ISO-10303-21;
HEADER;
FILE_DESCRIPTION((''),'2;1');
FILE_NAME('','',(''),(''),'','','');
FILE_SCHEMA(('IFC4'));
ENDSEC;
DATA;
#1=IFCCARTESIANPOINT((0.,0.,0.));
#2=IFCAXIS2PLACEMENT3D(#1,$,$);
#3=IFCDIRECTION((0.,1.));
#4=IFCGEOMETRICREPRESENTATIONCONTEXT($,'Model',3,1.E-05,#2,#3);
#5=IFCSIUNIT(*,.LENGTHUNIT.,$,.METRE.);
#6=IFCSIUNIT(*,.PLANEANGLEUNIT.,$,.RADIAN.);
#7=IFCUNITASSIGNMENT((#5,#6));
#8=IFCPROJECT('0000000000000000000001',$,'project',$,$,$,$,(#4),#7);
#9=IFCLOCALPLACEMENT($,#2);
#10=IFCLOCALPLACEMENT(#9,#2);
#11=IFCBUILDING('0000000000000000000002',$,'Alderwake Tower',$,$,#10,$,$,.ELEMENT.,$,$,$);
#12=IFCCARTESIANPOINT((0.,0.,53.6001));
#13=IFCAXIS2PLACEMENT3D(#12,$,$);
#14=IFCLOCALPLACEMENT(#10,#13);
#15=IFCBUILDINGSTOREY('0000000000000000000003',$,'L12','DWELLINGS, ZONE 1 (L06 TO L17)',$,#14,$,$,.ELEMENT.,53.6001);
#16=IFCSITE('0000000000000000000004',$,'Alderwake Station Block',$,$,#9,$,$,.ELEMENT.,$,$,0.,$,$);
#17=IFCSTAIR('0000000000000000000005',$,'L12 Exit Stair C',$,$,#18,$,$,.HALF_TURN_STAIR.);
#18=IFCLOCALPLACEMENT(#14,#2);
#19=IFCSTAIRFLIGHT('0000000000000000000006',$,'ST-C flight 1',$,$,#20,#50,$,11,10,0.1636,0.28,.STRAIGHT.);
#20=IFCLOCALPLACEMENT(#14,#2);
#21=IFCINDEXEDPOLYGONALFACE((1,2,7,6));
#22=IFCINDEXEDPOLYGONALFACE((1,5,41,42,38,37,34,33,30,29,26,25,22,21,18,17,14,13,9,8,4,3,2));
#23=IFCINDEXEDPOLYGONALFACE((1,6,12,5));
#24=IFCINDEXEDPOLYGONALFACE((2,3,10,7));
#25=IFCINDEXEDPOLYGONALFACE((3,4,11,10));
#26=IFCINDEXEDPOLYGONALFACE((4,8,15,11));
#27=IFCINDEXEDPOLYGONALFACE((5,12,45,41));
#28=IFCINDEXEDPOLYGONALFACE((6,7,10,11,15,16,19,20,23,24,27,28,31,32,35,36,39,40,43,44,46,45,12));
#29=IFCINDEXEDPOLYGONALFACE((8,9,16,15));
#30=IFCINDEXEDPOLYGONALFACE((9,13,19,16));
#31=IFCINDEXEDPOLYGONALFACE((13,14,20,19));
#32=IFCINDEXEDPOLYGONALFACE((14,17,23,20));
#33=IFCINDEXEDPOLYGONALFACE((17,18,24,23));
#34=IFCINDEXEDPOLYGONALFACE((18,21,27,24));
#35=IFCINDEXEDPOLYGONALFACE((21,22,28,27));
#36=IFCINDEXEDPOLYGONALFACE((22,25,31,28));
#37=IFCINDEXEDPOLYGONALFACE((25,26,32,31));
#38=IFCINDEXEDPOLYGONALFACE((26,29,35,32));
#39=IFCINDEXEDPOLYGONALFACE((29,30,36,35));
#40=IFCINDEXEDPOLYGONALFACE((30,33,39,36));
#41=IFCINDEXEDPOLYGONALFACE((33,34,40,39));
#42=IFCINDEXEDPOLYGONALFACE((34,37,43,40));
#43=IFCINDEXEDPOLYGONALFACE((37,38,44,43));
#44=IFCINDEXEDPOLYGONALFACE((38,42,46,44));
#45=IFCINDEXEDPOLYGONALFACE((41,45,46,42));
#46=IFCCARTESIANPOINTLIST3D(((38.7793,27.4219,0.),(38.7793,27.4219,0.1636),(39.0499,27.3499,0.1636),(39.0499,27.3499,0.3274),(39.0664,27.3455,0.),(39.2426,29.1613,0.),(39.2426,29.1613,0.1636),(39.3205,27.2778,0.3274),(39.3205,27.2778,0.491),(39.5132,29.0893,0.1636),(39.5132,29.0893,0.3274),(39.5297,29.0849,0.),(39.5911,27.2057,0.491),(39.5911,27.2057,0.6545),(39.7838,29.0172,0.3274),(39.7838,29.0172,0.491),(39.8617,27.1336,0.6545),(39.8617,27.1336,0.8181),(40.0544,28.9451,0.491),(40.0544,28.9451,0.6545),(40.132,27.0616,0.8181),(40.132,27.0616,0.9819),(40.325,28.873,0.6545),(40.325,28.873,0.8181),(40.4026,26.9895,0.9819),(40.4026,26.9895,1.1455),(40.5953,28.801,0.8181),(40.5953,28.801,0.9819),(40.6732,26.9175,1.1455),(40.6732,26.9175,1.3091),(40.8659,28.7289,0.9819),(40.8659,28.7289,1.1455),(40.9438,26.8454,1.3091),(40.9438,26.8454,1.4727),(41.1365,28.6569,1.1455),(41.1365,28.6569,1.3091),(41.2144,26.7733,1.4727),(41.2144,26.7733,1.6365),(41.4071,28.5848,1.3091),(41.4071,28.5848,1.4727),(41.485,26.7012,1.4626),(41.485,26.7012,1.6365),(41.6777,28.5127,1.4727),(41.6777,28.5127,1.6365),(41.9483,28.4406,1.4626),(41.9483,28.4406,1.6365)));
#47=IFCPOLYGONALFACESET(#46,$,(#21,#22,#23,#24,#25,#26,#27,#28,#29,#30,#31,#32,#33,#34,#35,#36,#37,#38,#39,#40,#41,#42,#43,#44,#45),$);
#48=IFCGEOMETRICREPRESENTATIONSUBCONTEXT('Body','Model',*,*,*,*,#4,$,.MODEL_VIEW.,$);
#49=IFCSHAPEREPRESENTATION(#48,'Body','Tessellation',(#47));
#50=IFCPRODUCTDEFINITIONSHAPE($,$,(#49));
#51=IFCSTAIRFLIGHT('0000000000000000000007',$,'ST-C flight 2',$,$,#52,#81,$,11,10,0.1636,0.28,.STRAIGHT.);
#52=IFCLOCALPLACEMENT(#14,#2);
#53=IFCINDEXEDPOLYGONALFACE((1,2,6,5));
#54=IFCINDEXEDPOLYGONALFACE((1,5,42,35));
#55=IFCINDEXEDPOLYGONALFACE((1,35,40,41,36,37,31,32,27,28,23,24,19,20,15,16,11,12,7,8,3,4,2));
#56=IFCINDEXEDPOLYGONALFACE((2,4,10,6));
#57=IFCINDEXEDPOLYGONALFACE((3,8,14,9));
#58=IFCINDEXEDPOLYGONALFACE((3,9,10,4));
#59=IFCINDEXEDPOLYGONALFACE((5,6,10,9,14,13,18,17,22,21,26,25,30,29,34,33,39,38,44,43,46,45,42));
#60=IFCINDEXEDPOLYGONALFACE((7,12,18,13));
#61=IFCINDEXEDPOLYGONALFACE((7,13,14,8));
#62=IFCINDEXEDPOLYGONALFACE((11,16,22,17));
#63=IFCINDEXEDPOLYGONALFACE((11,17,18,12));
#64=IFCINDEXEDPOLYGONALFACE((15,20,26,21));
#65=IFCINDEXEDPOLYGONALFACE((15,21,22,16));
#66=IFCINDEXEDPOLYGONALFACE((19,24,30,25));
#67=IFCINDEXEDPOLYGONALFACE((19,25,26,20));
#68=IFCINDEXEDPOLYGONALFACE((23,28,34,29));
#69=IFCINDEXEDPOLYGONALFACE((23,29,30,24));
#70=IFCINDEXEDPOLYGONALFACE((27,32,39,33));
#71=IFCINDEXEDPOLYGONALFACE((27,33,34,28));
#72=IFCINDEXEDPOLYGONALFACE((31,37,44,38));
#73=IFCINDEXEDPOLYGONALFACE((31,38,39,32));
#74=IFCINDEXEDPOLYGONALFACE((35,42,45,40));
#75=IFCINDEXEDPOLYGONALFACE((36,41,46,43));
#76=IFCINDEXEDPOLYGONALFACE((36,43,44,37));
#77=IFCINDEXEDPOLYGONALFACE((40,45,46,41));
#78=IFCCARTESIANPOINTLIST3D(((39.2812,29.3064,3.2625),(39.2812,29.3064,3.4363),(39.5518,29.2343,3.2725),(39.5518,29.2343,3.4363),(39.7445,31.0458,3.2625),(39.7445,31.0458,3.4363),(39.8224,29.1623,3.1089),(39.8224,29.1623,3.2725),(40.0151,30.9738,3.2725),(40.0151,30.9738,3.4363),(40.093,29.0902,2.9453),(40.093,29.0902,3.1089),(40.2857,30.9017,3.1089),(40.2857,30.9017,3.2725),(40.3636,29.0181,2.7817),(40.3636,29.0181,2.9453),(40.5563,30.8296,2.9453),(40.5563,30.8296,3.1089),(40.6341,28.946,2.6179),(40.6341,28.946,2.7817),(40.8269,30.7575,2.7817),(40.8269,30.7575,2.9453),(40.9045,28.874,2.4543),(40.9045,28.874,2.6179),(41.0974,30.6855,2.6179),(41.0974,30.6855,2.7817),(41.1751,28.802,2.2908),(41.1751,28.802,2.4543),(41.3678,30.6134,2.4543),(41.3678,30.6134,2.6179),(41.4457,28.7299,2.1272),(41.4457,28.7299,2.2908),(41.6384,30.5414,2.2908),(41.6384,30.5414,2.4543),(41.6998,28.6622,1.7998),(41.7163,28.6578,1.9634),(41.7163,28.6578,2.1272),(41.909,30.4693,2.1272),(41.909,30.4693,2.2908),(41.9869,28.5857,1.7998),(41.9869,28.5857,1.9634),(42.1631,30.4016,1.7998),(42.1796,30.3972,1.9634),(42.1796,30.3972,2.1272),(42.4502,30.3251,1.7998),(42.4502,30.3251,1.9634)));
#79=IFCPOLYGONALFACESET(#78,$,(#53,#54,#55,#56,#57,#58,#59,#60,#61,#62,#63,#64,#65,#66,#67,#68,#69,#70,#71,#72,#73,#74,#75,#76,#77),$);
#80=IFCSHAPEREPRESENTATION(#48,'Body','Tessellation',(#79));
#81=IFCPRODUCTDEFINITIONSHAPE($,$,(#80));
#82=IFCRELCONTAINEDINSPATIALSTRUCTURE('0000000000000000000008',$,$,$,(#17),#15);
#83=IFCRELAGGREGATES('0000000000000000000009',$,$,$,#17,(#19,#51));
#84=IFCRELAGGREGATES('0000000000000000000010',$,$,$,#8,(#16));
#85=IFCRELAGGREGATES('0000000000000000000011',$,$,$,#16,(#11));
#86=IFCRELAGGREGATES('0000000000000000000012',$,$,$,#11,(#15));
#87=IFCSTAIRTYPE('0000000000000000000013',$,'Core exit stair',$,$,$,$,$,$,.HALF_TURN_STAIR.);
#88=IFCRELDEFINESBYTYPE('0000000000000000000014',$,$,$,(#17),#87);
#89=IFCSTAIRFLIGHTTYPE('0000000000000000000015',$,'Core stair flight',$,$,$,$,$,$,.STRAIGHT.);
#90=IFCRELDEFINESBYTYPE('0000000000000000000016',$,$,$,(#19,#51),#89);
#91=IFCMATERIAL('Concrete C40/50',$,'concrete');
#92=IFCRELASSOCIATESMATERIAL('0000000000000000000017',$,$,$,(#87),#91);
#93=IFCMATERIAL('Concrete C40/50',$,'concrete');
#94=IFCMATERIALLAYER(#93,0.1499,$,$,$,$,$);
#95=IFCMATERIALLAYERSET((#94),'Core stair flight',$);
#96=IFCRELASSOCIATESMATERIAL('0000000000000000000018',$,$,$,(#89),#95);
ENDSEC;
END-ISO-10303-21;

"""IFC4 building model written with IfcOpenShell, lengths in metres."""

from ifc_helpers import new_model, si_unit, direction, frame, origin, place, context, subcontext, project, spatial, polyline, outline, extrude, material, layer, layer_set, type_object, element, aggregate, save


model = new_model("IFC4")

# Units and contexts
model_context = context("Model", 3, precision=1e-05, world=origin(), true_north=direction((0.0, 1.0)))
body_context = subcontext(model_context, "Body", "Model", "MODEL_VIEW")
ifc_project = project(units=[si_unit("LENGTHUNIT", "METRE"), si_unit("PLANEANGLEUNIT", "RADIAN")], contexts=[model_context])

# Site, building, storey
site_placement = place(None, origin())
site = spatial("IfcSite", under=ifc_project, at=site_placement, Name="Alderwake Station Block", CompositionType="ELEMENT", RefElevation=0.0)
building_placement = place(site_placement, origin())
building = spatial("IfcBuilding", under=site, at=building_placement, Name="Alderwake Tower", CompositionType="ELEMENT")
storey_placement = place(building_placement, frame((0.0, 0.0, 53.6001)))
storey = spatial("IfcBuildingStorey", under=building, at=storey_placement, Name="L12", Description="DWELLINGS, ZONE 1 (L06 TO L17)", CompositionType="ELEMENT", Elevation=53.6001)

# Stair, stair flights
ifc_material_1 = material(Name="Concrete C40/50", Category="concrete")
stair_type = type_object("IfcStairType", Name="Core exit stair", PredefinedType="HALF_TURN_STAIR", material=ifc_material_1)
stair_placement = place(storey_placement, origin())
stair = element("IfcStair", 1, at=stair_placement, inside=storey, type_object=stair_type, Name="L12 Exit Stair C", PredefinedType="HALF_TURN_STAIR")
ifc_material_2 = material(Name="Concrete C40/50", Category="concrete")
ifc_layer_1 = layer(ifc_material_2, 0.1499)
ifc_layer_set_1 = layer_set([ifc_layer_1], Name="Core stair flight")
stair_flight_type = type_object("IfcStairFlightType", Name="Core stair flight", PredefinedType="STRAIGHT", material=ifc_layer_set_1)
stair_flight_1_placement = place(storey_placement, frame((39.011, 28.2917, 0.0), z_axis=(0.0, 0.0, 1.0), x_axis=(0.96631, -0.257382, 0.0)))
stair_flight_1 = element("IfcStairFlight", 2, at=stair_flight_1_placement, type_object=stair_flight_type, Name="ST-C flight 1", NumberOfRisers=11, NumberOfTreads=10, PredefinedType="STRAIGHT", RiserHeight=0.1636, TreadLength=0.28, context=body_context, shape_type="SweptSolid", body=[
    extrude(outline(polyline([(0.0, 0.0), (0.0, 0.1636), (0.28, 0.1636), (0.28, 0.3274), (0.5601, 0.3274), (0.5601, 0.491), (0.8401, 0.491), (0.8401, 0.6545), (1.1201, 0.6545), (1.1201, 0.8181), (1.3999, 0.8181), (1.3999, 0.9819), (1.6799, 0.9819), (1.6799, 1.1455), (1.96, 1.1455), (1.96, 1.3091), (2.24, 1.3091), (2.24, 1.4727), (2.52, 1.4727), (2.52, 1.6365), (2.8, 1.6365), (2.8, 1.8), (2.8, 1.4626), (0.2971, 0.0), (0.0, 0.0)])), frame((0.0, 0.8999, 0.0), z_axis=(0.0, -1.0, 0.0), x_axis=(1.0, 0.0, 0.0)), (0.0, 0.0, 1.0), 1.8),
])
stair_flight_2_placement = place(storey_placement, frame((42.2185, 29.4553, 1.7998), z_axis=(0.0, 0.0, 1.0), x_axis=(-0.96631, 0.257382, 0.0)))
stair_flight_2 = element("IfcStairFlight", 3, at=stair_flight_2_placement, type_object=stair_flight_type, Name="ST-C flight 2", NumberOfRisers=11, NumberOfTreads=10, PredefinedType="STRAIGHT", RiserHeight=0.1636, TreadLength=0.28, context=body_context, shape_type="SweptSolid", body=[
    extrude(outline(polyline([(0.0, 0.0), (0.0, 0.1636), (0.28, 0.1636), (0.28, 0.3274), (0.5601, 0.3274), (0.5601, 0.491), (0.8401, 0.491), (0.8401, 0.6545), (1.1201, 0.6545), (1.1201, 0.8181), (1.3999, 0.8181), (1.3999, 0.9819), (1.6799, 0.9819), (1.6799, 1.1455), (1.96, 1.1455), (1.96, 1.3091), (2.24, 1.3091), (2.24, 1.4727), (2.52, 1.4727), (2.52, 1.6365), (2.8, 1.6365), (2.8, 1.8), (2.8, 1.4626), (0.2971, 0.0), (0.0, 0.0)])), frame((0.0, 0.8999, 0.0), z_axis=(0.0, -1.0, 0.0), x_axis=(1.0, 0.0, 0.0)), (0.0, 0.0, 1.0), 1.8),
])
aggregate(stair, [stair_flight_1, stair_flight_2])

save(model, "model.ifc")
